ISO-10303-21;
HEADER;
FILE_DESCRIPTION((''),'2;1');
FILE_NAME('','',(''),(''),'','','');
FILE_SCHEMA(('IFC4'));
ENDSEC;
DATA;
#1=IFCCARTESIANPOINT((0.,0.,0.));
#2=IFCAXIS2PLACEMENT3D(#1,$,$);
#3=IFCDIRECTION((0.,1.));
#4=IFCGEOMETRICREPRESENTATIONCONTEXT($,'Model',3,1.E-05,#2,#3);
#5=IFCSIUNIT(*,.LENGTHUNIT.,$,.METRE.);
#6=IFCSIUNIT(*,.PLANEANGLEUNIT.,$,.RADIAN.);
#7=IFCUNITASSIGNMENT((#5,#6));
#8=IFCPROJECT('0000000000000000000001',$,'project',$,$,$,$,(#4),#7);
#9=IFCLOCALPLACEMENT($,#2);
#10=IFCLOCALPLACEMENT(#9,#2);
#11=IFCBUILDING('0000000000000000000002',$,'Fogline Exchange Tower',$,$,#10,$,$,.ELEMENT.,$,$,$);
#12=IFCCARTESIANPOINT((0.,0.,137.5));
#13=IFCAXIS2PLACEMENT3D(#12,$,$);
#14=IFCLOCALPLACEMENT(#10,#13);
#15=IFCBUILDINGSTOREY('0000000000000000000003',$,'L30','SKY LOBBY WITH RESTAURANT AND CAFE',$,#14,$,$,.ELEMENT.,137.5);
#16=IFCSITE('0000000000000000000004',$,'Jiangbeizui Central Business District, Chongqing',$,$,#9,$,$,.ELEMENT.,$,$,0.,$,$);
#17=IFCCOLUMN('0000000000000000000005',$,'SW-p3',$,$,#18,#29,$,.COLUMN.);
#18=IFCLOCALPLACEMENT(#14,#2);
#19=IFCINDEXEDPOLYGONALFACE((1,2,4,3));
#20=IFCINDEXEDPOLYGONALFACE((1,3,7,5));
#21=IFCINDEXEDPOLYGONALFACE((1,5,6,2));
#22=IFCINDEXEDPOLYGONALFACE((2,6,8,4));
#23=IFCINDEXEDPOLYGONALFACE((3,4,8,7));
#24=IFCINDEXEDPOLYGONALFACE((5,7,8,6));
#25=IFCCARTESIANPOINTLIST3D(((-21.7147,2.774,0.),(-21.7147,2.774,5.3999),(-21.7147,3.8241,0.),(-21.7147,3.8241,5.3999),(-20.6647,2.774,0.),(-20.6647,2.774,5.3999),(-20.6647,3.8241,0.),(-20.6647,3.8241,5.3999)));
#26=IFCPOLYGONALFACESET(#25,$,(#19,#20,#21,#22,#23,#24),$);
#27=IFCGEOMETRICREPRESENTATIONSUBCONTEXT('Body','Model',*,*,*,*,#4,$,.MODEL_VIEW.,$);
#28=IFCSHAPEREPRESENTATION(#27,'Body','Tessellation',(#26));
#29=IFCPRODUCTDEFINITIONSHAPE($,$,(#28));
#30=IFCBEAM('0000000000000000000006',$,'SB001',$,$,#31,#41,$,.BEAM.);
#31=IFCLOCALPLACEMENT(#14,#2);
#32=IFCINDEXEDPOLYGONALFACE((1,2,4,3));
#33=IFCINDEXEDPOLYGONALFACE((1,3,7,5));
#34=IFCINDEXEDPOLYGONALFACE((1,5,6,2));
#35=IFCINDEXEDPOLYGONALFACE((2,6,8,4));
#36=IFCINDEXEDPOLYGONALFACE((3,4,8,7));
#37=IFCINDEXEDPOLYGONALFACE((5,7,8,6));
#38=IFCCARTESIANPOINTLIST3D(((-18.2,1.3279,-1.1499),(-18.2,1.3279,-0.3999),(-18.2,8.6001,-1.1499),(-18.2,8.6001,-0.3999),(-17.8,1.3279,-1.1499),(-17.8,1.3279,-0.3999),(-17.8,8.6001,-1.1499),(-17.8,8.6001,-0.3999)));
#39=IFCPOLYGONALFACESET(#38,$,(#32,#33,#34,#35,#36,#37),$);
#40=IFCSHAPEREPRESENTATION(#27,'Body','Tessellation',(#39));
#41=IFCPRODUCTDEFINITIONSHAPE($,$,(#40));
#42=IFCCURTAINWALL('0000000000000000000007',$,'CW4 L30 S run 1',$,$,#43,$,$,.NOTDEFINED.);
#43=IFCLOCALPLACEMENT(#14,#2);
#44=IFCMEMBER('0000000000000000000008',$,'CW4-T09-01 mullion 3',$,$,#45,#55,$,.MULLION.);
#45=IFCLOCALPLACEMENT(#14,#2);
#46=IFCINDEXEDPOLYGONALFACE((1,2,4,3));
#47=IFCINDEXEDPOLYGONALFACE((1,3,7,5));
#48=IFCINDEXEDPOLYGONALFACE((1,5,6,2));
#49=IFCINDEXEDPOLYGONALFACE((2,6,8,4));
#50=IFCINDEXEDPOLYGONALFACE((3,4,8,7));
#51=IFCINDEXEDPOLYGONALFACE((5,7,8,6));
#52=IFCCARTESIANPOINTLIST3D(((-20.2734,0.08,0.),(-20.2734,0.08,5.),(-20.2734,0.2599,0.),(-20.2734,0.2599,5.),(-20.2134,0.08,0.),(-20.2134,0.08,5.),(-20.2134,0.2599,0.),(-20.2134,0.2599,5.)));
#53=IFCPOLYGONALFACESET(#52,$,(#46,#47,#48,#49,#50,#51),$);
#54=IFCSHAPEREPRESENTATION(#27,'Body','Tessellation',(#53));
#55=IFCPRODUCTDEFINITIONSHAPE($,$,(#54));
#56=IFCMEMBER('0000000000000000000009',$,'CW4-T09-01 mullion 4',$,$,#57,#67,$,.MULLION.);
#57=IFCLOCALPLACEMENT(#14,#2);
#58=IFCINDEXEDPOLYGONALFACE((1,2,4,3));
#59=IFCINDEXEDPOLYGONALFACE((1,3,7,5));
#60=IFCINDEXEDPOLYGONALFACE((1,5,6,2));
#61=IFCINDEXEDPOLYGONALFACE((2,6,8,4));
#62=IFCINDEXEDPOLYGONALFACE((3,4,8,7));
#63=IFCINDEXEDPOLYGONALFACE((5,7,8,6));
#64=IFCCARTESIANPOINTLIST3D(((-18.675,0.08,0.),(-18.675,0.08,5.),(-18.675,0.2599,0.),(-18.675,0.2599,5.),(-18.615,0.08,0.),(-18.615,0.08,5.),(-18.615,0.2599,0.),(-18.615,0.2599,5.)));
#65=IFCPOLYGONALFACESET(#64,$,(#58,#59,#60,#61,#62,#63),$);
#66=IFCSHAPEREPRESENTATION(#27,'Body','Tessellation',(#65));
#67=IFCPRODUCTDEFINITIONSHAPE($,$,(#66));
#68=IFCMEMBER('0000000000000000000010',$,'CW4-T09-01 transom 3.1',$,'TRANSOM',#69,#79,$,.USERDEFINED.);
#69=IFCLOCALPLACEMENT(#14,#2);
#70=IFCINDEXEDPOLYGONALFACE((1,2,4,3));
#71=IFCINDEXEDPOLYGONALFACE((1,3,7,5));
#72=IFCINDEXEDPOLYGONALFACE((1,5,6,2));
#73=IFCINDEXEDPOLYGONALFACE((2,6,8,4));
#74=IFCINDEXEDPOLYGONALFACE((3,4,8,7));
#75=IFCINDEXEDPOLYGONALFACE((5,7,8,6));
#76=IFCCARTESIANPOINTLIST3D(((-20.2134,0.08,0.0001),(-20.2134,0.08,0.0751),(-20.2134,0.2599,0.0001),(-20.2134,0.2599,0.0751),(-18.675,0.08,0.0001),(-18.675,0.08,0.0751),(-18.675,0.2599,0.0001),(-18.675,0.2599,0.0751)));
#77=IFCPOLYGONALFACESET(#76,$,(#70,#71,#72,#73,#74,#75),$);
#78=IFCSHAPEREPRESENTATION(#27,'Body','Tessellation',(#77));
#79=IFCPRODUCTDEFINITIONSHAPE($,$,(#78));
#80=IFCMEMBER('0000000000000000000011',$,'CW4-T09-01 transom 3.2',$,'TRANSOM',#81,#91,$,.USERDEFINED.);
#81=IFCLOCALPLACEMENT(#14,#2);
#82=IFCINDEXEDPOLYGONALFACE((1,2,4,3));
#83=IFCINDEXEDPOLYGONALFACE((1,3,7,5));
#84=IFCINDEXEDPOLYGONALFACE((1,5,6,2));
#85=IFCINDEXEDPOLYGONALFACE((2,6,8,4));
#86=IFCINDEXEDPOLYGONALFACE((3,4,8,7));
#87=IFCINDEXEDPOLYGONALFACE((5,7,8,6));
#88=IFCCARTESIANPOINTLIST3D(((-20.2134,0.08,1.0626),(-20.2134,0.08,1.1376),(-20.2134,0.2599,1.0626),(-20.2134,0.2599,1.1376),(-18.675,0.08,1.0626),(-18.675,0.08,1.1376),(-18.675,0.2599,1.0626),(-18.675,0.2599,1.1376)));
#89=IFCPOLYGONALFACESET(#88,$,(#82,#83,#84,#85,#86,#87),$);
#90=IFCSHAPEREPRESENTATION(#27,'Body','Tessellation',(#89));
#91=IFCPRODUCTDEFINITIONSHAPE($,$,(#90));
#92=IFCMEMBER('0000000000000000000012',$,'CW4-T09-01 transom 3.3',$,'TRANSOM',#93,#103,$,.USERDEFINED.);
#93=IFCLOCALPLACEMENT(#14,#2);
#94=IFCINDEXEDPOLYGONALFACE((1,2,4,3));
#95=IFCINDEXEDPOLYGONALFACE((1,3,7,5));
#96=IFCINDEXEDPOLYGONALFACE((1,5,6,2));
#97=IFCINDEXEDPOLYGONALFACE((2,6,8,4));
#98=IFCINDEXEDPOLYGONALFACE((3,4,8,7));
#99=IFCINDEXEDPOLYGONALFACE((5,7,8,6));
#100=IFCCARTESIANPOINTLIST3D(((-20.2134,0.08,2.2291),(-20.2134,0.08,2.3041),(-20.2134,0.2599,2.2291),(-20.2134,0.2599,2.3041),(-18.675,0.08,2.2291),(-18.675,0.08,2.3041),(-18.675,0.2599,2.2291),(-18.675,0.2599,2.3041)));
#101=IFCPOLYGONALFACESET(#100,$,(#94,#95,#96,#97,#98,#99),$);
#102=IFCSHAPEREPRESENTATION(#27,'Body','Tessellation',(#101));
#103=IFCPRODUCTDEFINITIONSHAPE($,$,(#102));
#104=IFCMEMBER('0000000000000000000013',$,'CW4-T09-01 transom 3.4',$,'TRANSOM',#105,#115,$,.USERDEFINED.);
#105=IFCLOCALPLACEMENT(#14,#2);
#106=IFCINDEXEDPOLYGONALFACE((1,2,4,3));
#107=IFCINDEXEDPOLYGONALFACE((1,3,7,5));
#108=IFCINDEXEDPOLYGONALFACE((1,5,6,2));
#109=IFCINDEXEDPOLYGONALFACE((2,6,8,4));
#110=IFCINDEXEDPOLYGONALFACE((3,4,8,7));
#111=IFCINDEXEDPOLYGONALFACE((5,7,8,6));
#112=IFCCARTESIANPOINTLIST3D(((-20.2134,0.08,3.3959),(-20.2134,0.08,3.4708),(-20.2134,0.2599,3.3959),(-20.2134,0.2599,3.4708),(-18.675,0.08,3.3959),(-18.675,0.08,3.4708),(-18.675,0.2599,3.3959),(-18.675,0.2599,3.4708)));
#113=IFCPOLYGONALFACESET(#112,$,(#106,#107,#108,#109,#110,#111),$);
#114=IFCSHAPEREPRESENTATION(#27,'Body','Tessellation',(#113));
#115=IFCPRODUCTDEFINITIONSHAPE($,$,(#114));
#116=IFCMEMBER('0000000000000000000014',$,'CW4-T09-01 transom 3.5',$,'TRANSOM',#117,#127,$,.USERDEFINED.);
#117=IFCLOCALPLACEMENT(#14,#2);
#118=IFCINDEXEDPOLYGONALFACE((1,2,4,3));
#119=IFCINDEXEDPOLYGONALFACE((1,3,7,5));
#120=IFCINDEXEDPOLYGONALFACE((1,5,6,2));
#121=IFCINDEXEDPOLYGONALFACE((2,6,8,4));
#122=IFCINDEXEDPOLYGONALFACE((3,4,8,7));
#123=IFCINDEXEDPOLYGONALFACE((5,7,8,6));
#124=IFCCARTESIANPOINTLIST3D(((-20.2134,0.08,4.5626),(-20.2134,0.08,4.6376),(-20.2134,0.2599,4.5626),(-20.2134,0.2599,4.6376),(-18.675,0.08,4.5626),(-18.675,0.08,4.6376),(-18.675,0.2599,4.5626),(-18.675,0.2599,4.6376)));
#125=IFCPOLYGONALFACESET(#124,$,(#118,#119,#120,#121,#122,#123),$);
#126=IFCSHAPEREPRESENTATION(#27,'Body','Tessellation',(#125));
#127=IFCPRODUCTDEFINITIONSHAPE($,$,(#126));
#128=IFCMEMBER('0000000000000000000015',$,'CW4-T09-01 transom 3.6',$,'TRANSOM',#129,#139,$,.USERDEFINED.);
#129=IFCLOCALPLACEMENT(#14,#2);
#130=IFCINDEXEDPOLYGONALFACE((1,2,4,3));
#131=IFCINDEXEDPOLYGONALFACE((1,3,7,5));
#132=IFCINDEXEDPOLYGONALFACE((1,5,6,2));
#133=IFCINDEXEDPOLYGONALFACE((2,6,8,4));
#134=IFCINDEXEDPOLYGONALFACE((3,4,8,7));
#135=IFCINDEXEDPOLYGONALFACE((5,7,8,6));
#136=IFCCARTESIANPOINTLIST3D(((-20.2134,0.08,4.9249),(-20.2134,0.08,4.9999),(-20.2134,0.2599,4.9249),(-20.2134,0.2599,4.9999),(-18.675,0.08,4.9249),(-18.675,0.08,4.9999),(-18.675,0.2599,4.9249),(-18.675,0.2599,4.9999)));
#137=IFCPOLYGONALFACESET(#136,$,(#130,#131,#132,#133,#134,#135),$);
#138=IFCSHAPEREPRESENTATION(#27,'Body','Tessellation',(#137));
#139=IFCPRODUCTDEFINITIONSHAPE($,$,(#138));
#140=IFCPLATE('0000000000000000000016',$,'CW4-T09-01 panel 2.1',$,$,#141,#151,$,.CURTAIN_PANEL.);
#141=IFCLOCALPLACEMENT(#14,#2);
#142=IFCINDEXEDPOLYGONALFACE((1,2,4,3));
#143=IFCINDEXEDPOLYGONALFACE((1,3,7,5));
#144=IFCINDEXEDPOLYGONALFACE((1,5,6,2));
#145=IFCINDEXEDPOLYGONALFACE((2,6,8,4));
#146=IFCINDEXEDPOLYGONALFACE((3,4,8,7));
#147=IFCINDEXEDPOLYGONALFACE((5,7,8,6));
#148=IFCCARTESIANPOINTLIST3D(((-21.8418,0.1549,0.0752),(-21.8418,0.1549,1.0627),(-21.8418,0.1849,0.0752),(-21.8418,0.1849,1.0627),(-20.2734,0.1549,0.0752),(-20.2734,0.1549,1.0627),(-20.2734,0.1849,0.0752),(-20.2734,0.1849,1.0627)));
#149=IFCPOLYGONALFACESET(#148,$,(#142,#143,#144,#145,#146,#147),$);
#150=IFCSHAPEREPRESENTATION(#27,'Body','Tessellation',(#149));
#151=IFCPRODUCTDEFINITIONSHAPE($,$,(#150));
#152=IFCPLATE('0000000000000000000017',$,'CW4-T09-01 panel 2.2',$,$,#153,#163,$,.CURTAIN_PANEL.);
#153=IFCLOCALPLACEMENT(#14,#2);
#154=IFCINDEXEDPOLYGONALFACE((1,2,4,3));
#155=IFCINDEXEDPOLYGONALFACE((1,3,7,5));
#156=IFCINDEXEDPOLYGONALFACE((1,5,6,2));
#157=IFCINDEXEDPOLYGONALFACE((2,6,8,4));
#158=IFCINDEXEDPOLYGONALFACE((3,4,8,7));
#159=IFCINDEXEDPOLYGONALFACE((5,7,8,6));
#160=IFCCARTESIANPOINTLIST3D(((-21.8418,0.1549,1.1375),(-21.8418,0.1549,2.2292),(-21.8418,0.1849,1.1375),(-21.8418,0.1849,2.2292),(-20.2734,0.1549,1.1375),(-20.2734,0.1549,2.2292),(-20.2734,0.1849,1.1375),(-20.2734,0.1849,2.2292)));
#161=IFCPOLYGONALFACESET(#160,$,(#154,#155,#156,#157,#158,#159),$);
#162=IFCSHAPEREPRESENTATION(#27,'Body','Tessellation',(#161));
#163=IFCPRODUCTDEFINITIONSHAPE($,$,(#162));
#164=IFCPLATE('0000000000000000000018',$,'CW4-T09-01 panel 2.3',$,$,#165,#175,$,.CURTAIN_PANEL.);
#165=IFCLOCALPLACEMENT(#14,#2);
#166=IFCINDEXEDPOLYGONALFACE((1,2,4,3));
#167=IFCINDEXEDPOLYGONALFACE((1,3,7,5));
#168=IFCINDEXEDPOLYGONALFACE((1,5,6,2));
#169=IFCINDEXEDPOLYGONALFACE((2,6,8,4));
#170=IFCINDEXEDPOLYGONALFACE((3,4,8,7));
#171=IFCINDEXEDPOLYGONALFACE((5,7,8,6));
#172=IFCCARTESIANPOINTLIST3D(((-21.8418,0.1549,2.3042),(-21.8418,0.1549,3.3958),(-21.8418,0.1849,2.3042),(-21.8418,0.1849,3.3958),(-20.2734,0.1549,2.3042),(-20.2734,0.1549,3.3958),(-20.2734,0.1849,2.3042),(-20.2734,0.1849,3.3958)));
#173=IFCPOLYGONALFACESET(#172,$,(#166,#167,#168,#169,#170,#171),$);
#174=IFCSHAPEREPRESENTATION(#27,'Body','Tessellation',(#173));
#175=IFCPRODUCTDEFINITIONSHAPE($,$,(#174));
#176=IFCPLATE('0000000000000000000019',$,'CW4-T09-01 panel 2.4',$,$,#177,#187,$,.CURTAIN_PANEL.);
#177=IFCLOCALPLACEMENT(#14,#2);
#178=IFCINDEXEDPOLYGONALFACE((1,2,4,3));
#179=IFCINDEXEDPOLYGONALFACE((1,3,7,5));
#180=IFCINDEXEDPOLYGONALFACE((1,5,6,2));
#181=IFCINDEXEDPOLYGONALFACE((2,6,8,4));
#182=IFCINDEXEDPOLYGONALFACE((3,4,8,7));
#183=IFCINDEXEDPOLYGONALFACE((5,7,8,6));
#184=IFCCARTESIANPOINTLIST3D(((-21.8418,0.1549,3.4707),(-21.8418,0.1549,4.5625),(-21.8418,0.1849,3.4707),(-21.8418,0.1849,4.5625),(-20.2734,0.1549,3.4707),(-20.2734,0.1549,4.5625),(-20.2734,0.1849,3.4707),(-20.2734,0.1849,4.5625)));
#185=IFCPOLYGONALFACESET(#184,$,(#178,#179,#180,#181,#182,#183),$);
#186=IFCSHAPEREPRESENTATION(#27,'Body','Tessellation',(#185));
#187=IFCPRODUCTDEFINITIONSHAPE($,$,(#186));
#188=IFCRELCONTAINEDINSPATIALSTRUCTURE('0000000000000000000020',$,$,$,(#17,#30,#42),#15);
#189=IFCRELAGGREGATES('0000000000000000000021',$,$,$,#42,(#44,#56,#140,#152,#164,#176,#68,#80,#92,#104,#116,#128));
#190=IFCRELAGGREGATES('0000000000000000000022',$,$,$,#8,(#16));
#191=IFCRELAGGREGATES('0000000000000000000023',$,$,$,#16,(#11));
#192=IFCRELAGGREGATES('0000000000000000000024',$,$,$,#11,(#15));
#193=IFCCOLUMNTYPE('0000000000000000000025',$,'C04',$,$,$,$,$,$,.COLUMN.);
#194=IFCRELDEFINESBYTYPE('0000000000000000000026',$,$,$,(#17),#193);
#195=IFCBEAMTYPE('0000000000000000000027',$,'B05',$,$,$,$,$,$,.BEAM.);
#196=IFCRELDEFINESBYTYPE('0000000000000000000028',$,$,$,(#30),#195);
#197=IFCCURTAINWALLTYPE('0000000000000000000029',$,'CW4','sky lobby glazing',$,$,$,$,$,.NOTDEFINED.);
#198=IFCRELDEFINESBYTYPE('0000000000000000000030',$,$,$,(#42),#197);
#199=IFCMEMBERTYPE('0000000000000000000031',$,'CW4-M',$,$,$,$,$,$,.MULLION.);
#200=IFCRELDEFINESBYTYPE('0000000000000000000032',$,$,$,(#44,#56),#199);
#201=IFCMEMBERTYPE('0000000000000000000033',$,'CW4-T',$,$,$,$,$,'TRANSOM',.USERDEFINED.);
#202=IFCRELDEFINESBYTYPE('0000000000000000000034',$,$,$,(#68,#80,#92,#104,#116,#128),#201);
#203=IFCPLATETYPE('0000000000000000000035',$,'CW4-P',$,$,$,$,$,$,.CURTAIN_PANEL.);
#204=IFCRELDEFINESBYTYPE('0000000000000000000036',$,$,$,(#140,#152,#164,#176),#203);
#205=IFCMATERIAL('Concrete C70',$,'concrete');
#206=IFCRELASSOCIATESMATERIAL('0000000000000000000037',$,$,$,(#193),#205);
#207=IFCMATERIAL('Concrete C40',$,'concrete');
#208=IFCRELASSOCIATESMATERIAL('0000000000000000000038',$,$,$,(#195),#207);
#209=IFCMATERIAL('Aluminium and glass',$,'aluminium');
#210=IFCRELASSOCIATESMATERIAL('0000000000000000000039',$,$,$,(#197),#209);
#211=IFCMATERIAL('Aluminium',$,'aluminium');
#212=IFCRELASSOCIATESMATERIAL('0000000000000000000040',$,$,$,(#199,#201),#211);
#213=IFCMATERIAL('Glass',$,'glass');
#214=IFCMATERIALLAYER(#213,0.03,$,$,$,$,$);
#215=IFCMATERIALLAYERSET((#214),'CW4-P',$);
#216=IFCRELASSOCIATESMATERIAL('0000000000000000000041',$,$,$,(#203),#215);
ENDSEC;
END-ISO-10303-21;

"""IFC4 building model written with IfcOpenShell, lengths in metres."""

from ifc_helpers import new_model, si_unit, direction, frame, origin, origin_2d, place, context, subcontext, project, spatial, rectangle, extrude, material, layer, layer_set, material_profile, profile_set, type_object, element, aggregate, save


model = new_model("IFC4")

# Units and contexts
model_context = context("Model", 3, precision=1e-05, world=origin(), true_north=direction((0.0, 1.0)))
body_context = subcontext(model_context, "Body", "Model", "MODEL_VIEW")
ifc_project = project(units=[si_unit("LENGTHUNIT", "METRE"), si_unit("PLANEANGLEUNIT", "RADIAN")], contexts=[model_context])

# Site, building, storey
site_placement = place(None, origin())
site = spatial("IfcSite", under=ifc_project, at=site_placement, Name="Jiangbeizui Central Business District, Chongqing", CompositionType="ELEMENT", RefElevation=0.0)
building_placement = place(site_placement, origin())
building = spatial("IfcBuilding", under=site, at=building_placement, Name="Fogline Exchange Tower", CompositionType="ELEMENT")
storey_placement = place(building_placement, frame((0.0, 0.0, 137.5)))
storey = spatial("IfcBuildingStorey", under=building, at=storey_placement, Name="L30", Description="SKY LOBBY WITH RESTAURANT AND CAFE", CompositionType="ELEMENT", Elevation=137.5)

# Column
ifc_material_1 = material(Name="Concrete C70", Category="concrete")
ifc_material_profile_1 = material_profile(ifc_material_1, rectangle(XDim=1.05, YDim=1.05, at=origin_2d()), Name="RC 1050x1050")
ifc_profile_set_1 = profile_set([ifc_material_profile_1], Name="Concrete C70")
column_type = type_object("IfcColumnType", Name="C04", PredefinedType="COLUMN", material=ifc_profile_set_1)
column_placement = place(storey_placement, frame((-21.1897, 3.2991, 0.0), z_axis=(0.0, 0.0, 1.0), x_axis=(1.0, 0.0, 0.0)))
element("IfcColumn", 1, at=column_placement, inside=storey, type_object=column_type, Name="SW-p3", PredefinedType="COLUMN", context=body_context, shape_type="SweptSolid", body=[
    extrude(rectangle(XDim=1.05, YDim=1.05, at=origin_2d()), origin(), (0.0, 0.0, 1.0), 5.3999),
])

# Beam
ifc_material_2 = material(Name="Concrete C40", Category="concrete")
ifc_material_profile_2 = material_profile(ifc_material_2, rectangle(XDim=0.3999, YDim=0.75, at=origin_2d()), Name="RC 400x750")
ifc_profile_set_2 = profile_set([ifc_material_profile_2], Name="Concrete C40")
beam_type = type_object("IfcBeamType", Name="B05", PredefinedType="BEAM", material=ifc_profile_set_2)
beam_placement = place(storey_placement, frame((-18.0, 1.3279, -0.7749), z_axis=(0.0, 1.0, 0.0), x_axis=(-1.0, 0.0, 0.0)))
element("IfcBeam", 2, at=beam_placement, inside=storey, type_object=beam_type, Name="SB001", PredefinedType="BEAM", context=body_context, shape_type="SweptSolid", body=[
    extrude(rectangle(XDim=0.3999, YDim=0.75, at=origin_2d()), origin(), (0.0, 0.0, 1.0), 7.2722),
])

# Curtain wall, members, plates
ifc_material_3 = material(Name="Aluminium and glass", Category="aluminium")
curtain_wall_type = type_object("IfcCurtainWallType", Name="CW4", Description="sky lobby glazing", PredefinedType="NOTDEFINED", material=ifc_material_3)
curtain_wall_placement = place(storey_placement, origin())
curtain_wall = element("IfcCurtainWall", 3, at=curtain_wall_placement, inside=storey, type_object=curtain_wall_type, Name="CW4 L30 S run 1", PredefinedType="NOTDEFINED")
ifc_material_4 = material(Name="Aluminium", Category="aluminium")
ifc_material_profile_3 = material_profile(ifc_material_4, rectangle(XDim=0.1799, YDim=0.0601, at=origin_2d()), Name="Mullion 60x180")
ifc_profile_set_3 = profile_set([ifc_material_profile_3], Name="Aluminium")
member_type_1 = type_object("IfcMemberType", Name="CW4-M", PredefinedType="MULLION", material=ifc_profile_set_3)
member_1_placement = place(storey_placement, frame((-20.2434, 0.1699, 0.0), z_axis=(0.0, 0.0, 1.0), x_axis=(0.0, 1.0, 0.0)))
member_1 = element("IfcMember", 4, at=member_1_placement, type_object=member_type_1, Name="CW4-T09-01 mullion 3", PredefinedType="MULLION", context=body_context, shape_type="SweptSolid", body=[
    extrude(rectangle(XDim=0.1799, YDim=0.0601, at=origin_2d()), origin(), (0.0, 0.0, 1.0), 5.0),
])
member_2_placement = place(storey_placement, frame((-18.645, 0.1699, 0.0), z_axis=(0.0, 0.0, 1.0), x_axis=(0.0, 1.0, 0.0)))
member_2 = element("IfcMember", 5, at=member_2_placement, type_object=member_type_1, Name="CW4-T09-01 mullion 4", PredefinedType="MULLION", context=body_context, shape_type="SweptSolid", body=[
    extrude(rectangle(XDim=0.1799, YDim=0.0601, at=origin_2d()), origin(), (0.0, 0.0, 1.0), 5.0),
])
ifc_material_profile_4 = material_profile(ifc_material_4, rectangle(XDim=0.1799, YDim=0.075, at=origin_2d()), Name="Transom 75x180")
ifc_profile_set_4 = profile_set([ifc_material_profile_4], Name="Aluminium")
member_type_2 = type_object("IfcMemberType", Name="CW4-T", ElementType="TRANSOM", PredefinedType="USERDEFINED", material=ifc_profile_set_4)
member_3_placement = place(storey_placement, frame((-20.2134, 0.1699, 0.0376), z_axis=(1.0, 0.0, 0.0), x_axis=(0.0, 1.0, 0.0)))
member_3 = element("IfcMember", 6, at=member_3_placement, type_object=member_type_2, Name="CW4-T09-01 transom 3.1", ObjectType="TRANSOM", PredefinedType="USERDEFINED", context=body_context, shape_type="SweptSolid", body=[
    extrude(rectangle(XDim=0.1799, YDim=0.075, at=origin_2d()), origin(), (0.0, 0.0, 1.0), 1.5383),
])
member_4_placement = place(storey_placement, frame((-20.2134, 0.1699, 1.1001), z_axis=(1.0, 0.0, 0.0), x_axis=(0.0, 1.0, 0.0)))
member_4 = element("IfcMember", 7, at=member_4_placement, type_object=member_type_2, Name="CW4-T09-01 transom 3.2", ObjectType="TRANSOM", PredefinedType="USERDEFINED", context=body_context, shape_type="SweptSolid", body=[
    extrude(rectangle(XDim=0.1799, YDim=0.075, at=origin_2d()), origin(), (0.0, 0.0, 1.0), 1.5383),
])
member_5_placement = place(storey_placement, frame((-20.2134, 0.1699, 2.2666), z_axis=(1.0, 0.0, 0.0), x_axis=(0.0, 1.0, 0.0)))
member_5 = element("IfcMember", 8, at=member_5_placement, type_object=member_type_2, Name="CW4-T09-01 transom 3.3", ObjectType="TRANSOM", PredefinedType="USERDEFINED", context=body_context, shape_type="SweptSolid", body=[
    extrude(rectangle(XDim=0.1799, YDim=0.075, at=origin_2d()), origin(), (0.0, 0.0, 1.0), 1.5383),
])
member_6_placement = place(storey_placement, frame((-20.2134, 0.1699, 3.4333), z_axis=(1.0, 0.0, 0.0), x_axis=(0.0, 1.0, 0.0)))
member_6 = element("IfcMember", 9, at=member_6_placement, type_object=member_type_2, Name="CW4-T09-01 transom 3.4", ObjectType="TRANSOM", PredefinedType="USERDEFINED", context=body_context, shape_type="SweptSolid", body=[
    extrude(rectangle(XDim=0.1799, YDim=0.075, at=origin_2d()), origin(), (0.0, 0.0, 1.0), 1.5383),
])
member_7_placement = place(storey_placement, frame((-20.2134, 0.1699, 4.6001), z_axis=(1.0, 0.0, 0.0), x_axis=(0.0, 1.0, 0.0)))
member_7 = element("IfcMember", 10, at=member_7_placement, type_object=member_type_2, Name="CW4-T09-01 transom 3.5", ObjectType="TRANSOM", PredefinedType="USERDEFINED", context=body_context, shape_type="SweptSolid", body=[
    extrude(rectangle(XDim=0.1799, YDim=0.075, at=origin_2d()), origin(), (0.0, 0.0, 1.0), 1.5383),
])
member_8_placement = place(storey_placement, frame((-20.2134, 0.1699, 4.9624), z_axis=(1.0, 0.0, 0.0), x_axis=(0.0, 1.0, 0.0)))
member_8 = element("IfcMember", 11, at=member_8_placement, type_object=member_type_2, Name="CW4-T09-01 transom 3.6", ObjectType="TRANSOM", PredefinedType="USERDEFINED", context=body_context, shape_type="SweptSolid", body=[
    extrude(rectangle(XDim=0.1799, YDim=0.075, at=origin_2d()), origin(), (0.0, 0.0, 1.0), 1.5383),
])
ifc_material_5 = material(Name="Glass", Category="glass")
ifc_layer_1 = layer(ifc_material_5, 0.03)
ifc_layer_set_1 = layer_set([ifc_layer_1], Name="CW4-P")
plate_type = type_object("IfcPlateType", Name="CW4-P", PredefinedType="CURTAIN_PANEL", material=ifc_layer_set_1)
plate_1_placement = place(storey_placement, frame((-21.0576, 0.1699, 0.0752), z_axis=(0.0, 0.0, 1.0), x_axis=(1.0, 0.0, 0.0)))
plate_1 = element("IfcPlate", 12, at=plate_1_placement, type_object=plate_type, Name="CW4-T09-01 panel 2.1", PredefinedType="CURTAIN_PANEL", context=body_context, shape_type="SweptSolid", body=[
    extrude(rectangle(XDim=1.5684, YDim=0.03, at=origin_2d()), origin(), (0.0, 0.0, 1.0), 0.9875),
])
plate_2_placement = place(storey_placement, frame((-21.0576, 0.1699, 1.1375), z_axis=(0.0, 0.0, 1.0), x_axis=(1.0, 0.0, 0.0)))
plate_2 = element("IfcPlate", 13, at=plate_2_placement, type_object=plate_type, Name="CW4-T09-01 panel 2.2", PredefinedType="CURTAIN_PANEL", context=body_context, shape_type="SweptSolid", body=[
    extrude(rectangle(XDim=1.5684, YDim=0.03, at=origin_2d()), origin(), (0.0, 0.0, 1.0), 1.0918),
])
plate_3_placement = place(storey_placement, frame((-21.0576, 0.1699, 2.3042), z_axis=(0.0, 0.0, 1.0), x_axis=(1.0, 0.0, 0.0)))
plate_3 = element("IfcPlate", 14, at=plate_3_placement, type_object=plate_type, Name="CW4-T09-01 panel 2.3", PredefinedType="CURTAIN_PANEL", context=body_context, shape_type="SweptSolid", body=[
    extrude(rectangle(XDim=1.5684, YDim=0.03, at=origin_2d()), origin(), (0.0, 0.0, 1.0), 1.0916),
])
plate_4_placement = place(storey_placement, frame((-21.0576, 0.1699, 3.4707), z_axis=(0.0, 0.0, 1.0), x_axis=(1.0, 0.0, 0.0)))
plate_4 = element("IfcPlate", 15, at=plate_4_placement, type_object=plate_type, Name="CW4-T09-01 panel 2.4", PredefinedType="CURTAIN_PANEL", context=body_context, shape_type="SweptSolid", body=[
    extrude(rectangle(XDim=1.5684, YDim=0.03, at=origin_2d()), origin(), (0.0, 0.0, 1.0), 1.0918),
])
aggregate(curtain_wall, [member_1, member_2, plate_1, plate_2, plate_3, plate_4, member_3, member_4, member_5, member_6, member_7, member_8])

save(model, "model.ifc")
